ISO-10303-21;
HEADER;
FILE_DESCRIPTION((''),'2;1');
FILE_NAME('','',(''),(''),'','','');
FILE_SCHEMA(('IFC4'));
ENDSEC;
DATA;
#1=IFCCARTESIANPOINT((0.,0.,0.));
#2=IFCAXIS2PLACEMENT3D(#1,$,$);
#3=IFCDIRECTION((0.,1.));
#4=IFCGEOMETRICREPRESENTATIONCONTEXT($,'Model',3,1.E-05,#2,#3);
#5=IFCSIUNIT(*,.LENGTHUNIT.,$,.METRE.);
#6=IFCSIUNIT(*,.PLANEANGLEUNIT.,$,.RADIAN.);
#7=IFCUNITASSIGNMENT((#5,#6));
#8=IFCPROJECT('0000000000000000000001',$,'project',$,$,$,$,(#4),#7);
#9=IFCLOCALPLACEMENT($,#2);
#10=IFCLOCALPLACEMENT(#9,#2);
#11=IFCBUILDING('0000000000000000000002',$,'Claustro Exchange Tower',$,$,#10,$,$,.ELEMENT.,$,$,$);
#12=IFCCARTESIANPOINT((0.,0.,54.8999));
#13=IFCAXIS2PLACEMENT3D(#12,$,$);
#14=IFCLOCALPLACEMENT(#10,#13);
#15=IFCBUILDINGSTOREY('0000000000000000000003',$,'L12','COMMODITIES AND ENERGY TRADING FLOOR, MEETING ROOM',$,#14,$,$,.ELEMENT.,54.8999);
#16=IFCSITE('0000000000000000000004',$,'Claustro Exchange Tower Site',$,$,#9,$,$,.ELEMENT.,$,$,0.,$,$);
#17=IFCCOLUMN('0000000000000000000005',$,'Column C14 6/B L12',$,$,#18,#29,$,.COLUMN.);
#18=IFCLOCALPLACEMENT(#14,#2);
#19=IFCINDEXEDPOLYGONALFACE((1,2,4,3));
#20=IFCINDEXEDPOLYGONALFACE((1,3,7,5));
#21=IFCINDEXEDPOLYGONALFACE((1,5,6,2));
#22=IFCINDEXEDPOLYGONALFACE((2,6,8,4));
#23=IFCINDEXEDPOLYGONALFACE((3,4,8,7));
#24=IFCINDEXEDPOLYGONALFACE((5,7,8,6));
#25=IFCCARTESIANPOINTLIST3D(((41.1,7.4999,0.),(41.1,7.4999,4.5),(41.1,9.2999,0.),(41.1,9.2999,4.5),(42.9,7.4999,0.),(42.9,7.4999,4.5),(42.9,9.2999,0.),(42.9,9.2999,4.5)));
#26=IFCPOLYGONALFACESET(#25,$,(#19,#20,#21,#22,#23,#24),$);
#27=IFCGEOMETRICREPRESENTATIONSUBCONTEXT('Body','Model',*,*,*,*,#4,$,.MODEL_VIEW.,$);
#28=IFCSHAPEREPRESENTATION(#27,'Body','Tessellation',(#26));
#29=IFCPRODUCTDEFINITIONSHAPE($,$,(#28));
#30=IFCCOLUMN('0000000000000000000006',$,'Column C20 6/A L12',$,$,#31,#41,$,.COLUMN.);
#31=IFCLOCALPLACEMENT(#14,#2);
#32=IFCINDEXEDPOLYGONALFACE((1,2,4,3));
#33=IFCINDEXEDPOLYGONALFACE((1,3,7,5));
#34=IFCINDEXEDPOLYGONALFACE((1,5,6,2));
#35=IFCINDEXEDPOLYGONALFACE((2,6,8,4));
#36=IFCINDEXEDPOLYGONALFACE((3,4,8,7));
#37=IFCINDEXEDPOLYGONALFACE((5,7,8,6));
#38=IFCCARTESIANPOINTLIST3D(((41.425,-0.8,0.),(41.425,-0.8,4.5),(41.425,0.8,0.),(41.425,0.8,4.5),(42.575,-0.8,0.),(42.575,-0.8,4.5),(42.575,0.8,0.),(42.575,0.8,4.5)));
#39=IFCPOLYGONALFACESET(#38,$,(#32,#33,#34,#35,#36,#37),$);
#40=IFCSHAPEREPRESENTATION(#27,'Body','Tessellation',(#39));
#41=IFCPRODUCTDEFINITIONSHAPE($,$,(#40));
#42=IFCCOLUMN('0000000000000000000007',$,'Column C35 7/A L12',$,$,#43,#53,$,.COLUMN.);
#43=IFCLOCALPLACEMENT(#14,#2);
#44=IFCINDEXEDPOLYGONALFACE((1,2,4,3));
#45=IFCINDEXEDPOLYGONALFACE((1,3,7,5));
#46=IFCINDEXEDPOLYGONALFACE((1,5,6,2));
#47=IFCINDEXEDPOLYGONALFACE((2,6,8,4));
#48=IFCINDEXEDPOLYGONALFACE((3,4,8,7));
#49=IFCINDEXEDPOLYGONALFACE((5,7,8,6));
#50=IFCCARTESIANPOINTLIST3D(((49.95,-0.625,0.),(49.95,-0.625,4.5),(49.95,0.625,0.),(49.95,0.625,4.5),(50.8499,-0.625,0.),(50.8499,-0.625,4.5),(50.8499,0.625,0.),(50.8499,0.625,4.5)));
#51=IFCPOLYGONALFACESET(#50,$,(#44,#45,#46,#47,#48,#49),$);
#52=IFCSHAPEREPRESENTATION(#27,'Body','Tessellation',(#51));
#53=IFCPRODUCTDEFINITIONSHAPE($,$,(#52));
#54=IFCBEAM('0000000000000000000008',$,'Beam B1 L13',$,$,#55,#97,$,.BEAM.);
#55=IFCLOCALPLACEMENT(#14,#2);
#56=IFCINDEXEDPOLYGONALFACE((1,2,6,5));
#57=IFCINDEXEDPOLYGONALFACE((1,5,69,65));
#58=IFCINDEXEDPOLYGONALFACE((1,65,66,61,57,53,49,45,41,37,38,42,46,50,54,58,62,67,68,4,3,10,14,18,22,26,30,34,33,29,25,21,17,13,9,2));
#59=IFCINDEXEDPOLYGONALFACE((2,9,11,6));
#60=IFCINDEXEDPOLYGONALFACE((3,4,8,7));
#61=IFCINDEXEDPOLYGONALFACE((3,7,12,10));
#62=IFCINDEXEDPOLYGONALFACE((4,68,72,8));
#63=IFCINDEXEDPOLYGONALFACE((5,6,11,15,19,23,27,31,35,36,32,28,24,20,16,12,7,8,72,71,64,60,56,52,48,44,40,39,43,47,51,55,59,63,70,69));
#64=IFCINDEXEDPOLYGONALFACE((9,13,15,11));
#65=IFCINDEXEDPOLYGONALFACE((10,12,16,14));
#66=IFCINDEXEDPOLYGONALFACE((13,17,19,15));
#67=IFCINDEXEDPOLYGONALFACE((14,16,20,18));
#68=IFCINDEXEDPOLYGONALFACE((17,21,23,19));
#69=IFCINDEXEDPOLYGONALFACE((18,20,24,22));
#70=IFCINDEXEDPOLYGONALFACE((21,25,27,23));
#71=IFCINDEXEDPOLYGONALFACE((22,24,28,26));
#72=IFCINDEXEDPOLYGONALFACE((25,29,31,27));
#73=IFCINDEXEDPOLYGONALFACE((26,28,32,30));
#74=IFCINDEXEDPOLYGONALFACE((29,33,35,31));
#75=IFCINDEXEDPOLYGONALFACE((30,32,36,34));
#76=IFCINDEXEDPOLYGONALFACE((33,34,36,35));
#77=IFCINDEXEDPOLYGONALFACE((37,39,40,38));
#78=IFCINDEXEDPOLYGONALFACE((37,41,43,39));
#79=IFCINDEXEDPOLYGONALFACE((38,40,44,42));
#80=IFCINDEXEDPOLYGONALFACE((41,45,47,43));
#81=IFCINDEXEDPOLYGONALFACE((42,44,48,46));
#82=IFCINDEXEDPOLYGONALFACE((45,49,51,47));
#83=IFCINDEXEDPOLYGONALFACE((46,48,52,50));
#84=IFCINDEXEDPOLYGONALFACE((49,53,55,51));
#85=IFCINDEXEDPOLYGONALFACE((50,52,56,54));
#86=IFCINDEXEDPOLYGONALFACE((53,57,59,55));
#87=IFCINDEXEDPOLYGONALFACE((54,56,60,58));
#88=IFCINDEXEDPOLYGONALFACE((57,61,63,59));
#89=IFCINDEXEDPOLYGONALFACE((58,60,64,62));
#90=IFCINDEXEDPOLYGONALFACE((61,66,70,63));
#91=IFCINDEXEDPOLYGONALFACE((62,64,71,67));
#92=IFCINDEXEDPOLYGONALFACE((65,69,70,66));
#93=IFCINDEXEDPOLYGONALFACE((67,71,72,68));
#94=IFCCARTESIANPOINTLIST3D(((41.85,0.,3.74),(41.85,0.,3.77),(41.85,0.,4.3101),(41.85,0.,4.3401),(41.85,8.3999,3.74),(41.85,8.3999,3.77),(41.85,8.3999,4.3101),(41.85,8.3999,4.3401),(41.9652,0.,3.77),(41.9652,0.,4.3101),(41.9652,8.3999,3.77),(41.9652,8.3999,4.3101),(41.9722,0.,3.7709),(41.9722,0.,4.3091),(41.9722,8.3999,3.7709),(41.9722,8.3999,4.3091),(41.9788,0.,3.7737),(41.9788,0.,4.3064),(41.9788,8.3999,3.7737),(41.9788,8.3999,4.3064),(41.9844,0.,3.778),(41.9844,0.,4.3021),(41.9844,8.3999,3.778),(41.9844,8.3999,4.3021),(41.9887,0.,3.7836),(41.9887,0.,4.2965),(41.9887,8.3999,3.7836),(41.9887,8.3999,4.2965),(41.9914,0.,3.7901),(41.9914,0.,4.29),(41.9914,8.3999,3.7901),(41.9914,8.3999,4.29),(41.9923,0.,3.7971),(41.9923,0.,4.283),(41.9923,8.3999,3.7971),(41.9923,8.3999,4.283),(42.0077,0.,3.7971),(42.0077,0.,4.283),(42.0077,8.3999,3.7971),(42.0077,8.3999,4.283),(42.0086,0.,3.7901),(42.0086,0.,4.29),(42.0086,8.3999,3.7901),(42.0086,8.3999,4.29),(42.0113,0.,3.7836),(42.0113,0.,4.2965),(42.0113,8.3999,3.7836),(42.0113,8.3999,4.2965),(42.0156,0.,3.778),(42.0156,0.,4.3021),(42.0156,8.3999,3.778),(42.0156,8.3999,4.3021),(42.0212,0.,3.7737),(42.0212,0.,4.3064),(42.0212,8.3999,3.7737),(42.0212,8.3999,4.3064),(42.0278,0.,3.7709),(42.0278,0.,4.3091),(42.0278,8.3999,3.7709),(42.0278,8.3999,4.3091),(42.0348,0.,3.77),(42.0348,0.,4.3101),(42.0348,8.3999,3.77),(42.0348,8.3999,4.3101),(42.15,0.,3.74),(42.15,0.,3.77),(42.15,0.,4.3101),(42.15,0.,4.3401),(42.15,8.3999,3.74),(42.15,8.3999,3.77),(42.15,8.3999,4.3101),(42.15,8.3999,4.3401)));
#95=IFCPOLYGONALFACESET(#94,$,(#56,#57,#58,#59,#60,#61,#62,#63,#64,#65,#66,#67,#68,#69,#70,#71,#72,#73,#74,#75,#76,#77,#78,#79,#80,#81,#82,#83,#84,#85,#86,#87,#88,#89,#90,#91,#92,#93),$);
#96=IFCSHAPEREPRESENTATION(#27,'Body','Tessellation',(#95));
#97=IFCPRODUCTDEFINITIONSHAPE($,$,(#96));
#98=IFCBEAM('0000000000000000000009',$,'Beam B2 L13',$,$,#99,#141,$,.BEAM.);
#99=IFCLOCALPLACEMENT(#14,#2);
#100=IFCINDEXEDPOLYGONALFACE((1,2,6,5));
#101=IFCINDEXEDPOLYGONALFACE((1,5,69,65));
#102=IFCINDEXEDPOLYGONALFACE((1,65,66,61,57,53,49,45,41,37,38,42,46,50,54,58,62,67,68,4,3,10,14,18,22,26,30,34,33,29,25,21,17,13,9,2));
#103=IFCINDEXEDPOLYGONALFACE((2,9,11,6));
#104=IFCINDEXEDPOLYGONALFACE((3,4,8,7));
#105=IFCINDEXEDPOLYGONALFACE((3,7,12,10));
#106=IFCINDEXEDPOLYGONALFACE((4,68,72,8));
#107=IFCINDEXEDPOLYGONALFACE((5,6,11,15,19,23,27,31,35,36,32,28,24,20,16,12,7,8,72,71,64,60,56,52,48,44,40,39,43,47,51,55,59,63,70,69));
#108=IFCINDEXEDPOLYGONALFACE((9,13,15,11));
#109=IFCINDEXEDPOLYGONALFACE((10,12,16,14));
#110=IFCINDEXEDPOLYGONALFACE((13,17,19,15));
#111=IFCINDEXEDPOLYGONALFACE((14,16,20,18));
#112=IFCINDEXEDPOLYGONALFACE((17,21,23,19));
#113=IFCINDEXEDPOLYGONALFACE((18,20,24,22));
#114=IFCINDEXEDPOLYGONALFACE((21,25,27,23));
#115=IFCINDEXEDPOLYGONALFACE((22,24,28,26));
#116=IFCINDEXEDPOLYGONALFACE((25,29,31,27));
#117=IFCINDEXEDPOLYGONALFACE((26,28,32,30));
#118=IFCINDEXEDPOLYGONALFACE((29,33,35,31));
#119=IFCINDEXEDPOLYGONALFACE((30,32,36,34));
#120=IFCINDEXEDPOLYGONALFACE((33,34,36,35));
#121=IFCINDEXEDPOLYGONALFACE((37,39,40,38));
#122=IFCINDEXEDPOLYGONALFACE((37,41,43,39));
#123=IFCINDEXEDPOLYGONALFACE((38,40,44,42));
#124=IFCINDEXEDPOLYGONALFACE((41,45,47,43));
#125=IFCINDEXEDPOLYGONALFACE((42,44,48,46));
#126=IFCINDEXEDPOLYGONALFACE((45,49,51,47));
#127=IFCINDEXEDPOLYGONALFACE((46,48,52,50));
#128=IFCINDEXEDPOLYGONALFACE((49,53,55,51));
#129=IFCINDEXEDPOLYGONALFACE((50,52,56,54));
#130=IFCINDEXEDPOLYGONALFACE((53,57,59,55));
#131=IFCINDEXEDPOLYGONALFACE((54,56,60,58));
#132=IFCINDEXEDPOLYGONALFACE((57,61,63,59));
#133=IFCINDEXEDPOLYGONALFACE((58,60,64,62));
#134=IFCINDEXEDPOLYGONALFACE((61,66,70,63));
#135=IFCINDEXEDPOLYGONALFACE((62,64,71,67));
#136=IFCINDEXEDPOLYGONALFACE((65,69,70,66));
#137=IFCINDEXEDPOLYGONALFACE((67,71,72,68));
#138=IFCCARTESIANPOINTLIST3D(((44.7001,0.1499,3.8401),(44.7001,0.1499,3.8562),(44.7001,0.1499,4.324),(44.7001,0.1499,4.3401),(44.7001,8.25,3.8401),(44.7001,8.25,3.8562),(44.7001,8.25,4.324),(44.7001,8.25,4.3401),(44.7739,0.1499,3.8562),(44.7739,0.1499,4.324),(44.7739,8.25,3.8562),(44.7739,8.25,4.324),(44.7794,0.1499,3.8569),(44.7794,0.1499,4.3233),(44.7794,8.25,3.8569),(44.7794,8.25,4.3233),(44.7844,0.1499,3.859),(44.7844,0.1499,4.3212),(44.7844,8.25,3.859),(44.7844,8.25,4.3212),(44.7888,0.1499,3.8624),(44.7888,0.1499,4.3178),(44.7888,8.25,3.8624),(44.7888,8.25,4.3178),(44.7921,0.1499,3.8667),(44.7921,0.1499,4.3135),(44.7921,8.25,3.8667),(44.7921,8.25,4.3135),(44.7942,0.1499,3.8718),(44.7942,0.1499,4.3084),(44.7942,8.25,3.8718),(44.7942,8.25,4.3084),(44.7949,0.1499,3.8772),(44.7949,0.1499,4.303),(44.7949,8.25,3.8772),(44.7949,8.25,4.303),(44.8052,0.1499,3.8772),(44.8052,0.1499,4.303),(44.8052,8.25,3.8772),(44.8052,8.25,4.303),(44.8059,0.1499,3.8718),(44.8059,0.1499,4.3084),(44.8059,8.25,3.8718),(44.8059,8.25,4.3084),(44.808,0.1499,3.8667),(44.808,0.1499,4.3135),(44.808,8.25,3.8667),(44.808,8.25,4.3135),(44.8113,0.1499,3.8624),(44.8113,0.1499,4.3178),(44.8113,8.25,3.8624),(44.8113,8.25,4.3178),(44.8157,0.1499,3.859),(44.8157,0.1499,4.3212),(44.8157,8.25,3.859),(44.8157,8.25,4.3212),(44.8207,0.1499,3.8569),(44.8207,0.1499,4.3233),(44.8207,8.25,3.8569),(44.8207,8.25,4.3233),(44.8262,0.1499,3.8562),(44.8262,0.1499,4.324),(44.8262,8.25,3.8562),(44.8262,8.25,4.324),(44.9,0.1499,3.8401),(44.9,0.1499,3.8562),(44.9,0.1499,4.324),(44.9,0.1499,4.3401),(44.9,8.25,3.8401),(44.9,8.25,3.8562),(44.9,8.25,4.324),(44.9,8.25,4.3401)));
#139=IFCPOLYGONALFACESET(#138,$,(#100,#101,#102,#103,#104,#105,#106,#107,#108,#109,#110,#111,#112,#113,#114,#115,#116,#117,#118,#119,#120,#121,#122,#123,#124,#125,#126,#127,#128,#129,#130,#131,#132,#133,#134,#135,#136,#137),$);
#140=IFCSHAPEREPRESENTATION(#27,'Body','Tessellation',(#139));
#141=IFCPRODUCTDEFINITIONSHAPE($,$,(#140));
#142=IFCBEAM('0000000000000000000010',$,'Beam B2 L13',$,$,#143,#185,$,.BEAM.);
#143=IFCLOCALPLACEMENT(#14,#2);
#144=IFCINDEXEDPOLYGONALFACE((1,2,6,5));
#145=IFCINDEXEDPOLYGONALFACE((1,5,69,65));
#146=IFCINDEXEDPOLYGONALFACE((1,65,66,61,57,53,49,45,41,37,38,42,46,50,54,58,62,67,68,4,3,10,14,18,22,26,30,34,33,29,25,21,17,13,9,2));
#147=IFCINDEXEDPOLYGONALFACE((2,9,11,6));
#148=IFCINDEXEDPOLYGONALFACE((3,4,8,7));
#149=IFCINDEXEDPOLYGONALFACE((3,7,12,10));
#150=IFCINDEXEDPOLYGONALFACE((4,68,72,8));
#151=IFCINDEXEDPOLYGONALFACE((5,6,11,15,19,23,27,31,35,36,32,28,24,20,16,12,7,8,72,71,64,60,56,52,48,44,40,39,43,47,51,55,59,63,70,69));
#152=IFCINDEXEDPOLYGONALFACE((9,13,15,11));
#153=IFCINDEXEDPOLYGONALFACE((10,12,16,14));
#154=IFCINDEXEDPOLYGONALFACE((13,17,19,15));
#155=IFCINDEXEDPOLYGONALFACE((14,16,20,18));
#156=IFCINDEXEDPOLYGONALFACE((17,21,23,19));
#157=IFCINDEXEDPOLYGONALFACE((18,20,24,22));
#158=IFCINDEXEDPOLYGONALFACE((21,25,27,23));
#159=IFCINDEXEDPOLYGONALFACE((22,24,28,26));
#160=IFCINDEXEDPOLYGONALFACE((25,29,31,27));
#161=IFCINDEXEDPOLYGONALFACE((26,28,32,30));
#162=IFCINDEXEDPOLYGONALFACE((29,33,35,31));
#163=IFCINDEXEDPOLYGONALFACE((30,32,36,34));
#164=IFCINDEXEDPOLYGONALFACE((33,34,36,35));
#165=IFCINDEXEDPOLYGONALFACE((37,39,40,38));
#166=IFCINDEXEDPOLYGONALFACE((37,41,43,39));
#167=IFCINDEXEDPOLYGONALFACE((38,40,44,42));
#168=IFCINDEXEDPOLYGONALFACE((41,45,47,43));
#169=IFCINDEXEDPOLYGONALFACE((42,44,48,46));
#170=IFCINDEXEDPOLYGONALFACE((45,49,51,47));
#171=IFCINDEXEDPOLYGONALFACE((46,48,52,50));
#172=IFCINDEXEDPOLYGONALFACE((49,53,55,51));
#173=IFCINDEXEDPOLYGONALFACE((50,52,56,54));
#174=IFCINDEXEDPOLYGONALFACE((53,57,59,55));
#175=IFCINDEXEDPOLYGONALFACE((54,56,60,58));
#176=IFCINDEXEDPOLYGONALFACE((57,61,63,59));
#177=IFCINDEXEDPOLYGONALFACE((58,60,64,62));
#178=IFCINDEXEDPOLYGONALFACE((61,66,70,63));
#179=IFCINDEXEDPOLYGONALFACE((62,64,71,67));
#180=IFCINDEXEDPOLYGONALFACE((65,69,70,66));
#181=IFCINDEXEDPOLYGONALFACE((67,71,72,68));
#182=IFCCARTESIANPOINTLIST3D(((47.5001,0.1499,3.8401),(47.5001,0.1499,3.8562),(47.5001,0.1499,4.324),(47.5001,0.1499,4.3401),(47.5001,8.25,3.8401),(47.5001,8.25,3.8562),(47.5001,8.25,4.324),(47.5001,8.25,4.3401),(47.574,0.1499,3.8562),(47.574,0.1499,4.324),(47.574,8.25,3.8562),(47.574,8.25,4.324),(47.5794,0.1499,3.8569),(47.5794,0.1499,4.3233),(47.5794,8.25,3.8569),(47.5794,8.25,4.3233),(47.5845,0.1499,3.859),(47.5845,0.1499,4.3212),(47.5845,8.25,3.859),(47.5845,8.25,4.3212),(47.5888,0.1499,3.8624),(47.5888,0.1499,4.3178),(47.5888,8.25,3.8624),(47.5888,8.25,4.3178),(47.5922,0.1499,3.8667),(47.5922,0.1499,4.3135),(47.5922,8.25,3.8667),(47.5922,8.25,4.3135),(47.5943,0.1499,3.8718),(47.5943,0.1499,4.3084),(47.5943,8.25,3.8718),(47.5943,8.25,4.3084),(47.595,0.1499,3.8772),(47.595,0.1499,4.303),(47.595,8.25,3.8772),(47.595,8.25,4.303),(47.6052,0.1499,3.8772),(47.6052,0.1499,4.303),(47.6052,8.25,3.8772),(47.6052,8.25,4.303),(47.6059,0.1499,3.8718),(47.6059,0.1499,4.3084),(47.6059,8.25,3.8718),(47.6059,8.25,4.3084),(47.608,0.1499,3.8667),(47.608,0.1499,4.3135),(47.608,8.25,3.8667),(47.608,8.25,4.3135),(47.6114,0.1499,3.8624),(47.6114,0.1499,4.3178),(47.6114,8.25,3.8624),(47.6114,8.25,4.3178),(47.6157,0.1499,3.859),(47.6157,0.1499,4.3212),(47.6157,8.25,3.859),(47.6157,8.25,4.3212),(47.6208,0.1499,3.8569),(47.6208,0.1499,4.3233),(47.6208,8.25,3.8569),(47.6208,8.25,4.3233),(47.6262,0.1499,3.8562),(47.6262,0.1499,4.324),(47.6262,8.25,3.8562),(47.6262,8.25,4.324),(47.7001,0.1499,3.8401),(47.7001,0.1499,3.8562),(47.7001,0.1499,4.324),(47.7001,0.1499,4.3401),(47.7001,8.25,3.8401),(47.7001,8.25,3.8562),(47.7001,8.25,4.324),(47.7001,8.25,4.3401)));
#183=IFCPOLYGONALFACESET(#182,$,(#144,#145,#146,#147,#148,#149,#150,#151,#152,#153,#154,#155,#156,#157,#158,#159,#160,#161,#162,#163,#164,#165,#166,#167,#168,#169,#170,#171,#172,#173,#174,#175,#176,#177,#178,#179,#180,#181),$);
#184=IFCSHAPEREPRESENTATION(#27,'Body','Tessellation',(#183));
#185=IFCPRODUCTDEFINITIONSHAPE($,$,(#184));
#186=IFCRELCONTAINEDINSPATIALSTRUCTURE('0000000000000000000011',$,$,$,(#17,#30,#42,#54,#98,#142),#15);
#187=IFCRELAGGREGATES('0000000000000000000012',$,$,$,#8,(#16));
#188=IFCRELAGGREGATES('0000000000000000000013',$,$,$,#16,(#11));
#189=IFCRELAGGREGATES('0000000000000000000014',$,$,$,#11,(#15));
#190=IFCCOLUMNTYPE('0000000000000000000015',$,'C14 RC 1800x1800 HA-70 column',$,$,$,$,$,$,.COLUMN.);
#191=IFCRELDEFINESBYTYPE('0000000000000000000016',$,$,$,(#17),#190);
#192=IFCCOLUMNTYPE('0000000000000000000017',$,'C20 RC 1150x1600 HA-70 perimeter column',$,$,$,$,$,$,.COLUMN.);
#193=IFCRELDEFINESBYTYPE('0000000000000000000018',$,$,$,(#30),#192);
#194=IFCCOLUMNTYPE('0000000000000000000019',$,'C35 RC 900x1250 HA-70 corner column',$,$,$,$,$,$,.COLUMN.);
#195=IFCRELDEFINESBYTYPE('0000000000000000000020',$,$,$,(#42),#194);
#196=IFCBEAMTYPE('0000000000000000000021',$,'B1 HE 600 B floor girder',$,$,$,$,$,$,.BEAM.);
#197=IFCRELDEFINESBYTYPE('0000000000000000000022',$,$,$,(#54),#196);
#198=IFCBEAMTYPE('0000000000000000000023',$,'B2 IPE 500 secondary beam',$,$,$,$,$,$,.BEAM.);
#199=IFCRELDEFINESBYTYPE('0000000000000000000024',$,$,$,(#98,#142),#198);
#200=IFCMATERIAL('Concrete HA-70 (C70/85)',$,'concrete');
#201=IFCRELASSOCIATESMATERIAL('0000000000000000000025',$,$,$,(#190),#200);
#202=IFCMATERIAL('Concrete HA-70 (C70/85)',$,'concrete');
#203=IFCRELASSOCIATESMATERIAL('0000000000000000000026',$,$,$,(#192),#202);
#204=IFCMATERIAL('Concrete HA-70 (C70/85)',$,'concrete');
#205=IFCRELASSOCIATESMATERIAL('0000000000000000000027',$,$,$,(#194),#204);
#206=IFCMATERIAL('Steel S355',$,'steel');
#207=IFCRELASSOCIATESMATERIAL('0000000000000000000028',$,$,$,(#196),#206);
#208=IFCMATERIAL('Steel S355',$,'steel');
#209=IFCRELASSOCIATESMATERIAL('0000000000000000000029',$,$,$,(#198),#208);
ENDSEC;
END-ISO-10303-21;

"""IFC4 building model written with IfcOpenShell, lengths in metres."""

from ifc_helpers import new_model, si_unit, direction, frame, origin, origin_2d, place, context, subcontext, project, spatial, rectangle, i_section, extrude, material, material_profile, profile_set, type_object, element, save


model = new_model("IFC4")

# Units and contexts
model_context = context("Model", 3, precision=1e-05, world=origin(), true_north=direction((0.0, 1.0)))
body_context = subcontext(model_context, "Body", "Model", "MODEL_VIEW")
ifc_project = project(units=[si_unit("LENGTHUNIT", "METRE"), si_unit("PLANEANGLEUNIT", "RADIAN")], contexts=[model_context])

# Site, building, storey
site_placement = place(None, origin())
site = spatial("IfcSite", under=ifc_project, at=site_placement, Name="Claustro Exchange Tower Site", CompositionType="ELEMENT", RefElevation=0.0)
building_placement = place(site_placement, origin())
building = spatial("IfcBuilding", under=site, at=building_placement, Name="Claustro Exchange Tower", CompositionType="ELEMENT")
storey_placement = place(building_placement, frame((0.0, 0.0, 54.8999)))
storey = spatial("IfcBuildingStorey", under=building, at=storey_placement, Name="L12", Description="COMMODITIES AND ENERGY TRADING FLOOR, MEETING ROOM", CompositionType="ELEMENT", Elevation=54.8999)

# Columns
ifc_material_1 = material(Name="Concrete HA-70 (C70/85)", Category="concrete")
ifc_material_profile_1 = material_profile(ifc_material_1, rectangle(XDim=1.8, YDim=1.8, at=origin_2d()), Name="RC 1800x1800")
ifc_profile_set_1 = profile_set([ifc_material_profile_1], Name="Concrete HA-70 (C70/85)")
column_type_1 = type_object("IfcColumnType", Name="C14 RC 1800x1800 HA-70 column", PredefinedType="COLUMN", material=ifc_profile_set_1)
column_1_placement = place(storey_placement, frame((42.0, 8.3999, 0.0), z_axis=(0.0, 0.0, 1.0), x_axis=(1.0, 0.0, 0.0)))
element("IfcColumn", 1, at=column_1_placement, inside=storey, type_object=column_type_1, Name="Column C14 6/B L12", PredefinedType="COLUMN", context=body_context, shape_type="SweptSolid", body=[
    extrude(rectangle(XDim=1.8, YDim=1.8, at=origin_2d()), origin(), (0.0, 0.0, 1.0), 4.5),
])
ifc_material_2 = material(Name="Concrete HA-70 (C70/85)", Category="concrete")
ifc_material_profile_2 = material_profile(ifc_material_2, rectangle(XDim=1.1499, YDim=1.6001, at=origin_2d()), Name="RC 1150x1600")
ifc_profile_set_2 = profile_set([ifc_material_profile_2], Name="Concrete HA-70 (C70/85)")
column_type_2 = type_object("IfcColumnType", Name="C20 RC 1150x1600 HA-70 perimeter column", PredefinedType="COLUMN", material=ifc_profile_set_2)
column_2_placement = place(storey_placement, frame((42.0, 0.0, 0.0), z_axis=(0.0, 0.0, 1.0), x_axis=(1.0, 0.0, 0.0)))
element("IfcColumn", 2, at=column_2_placement, inside=storey, type_object=column_type_2, Name="Column C20 6/A L12", PredefinedType="COLUMN", context=body_context, shape_type="SweptSolid", body=[
    extrude(rectangle(XDim=1.1499, YDim=1.6001, at=origin_2d()), origin(), (0.0, 0.0, 1.0), 4.5),
])
ifc_material_3 = material(Name="Concrete HA-70 (C70/85)", Category="concrete")
ifc_material_profile_3 = material_profile(ifc_material_3, rectangle(XDim=0.8999, YDim=1.25, at=origin_2d()), Name="RC 900x1250")
ifc_profile_set_3 = profile_set([ifc_material_profile_3], Name="Concrete HA-70 (C70/85)")
column_type_3 = type_object("IfcColumnType", Name="C35 RC 900x1250 HA-70 corner column", PredefinedType="COLUMN", material=ifc_profile_set_3)
column_3_placement = place(storey_placement, frame((50.3999, 0.0, 0.0), z_axis=(0.0, 0.0, 1.0), x_axis=(1.0, 0.0, 0.0)))
element("IfcColumn", 3, at=column_3_placement, inside=storey, type_object=column_type_3, Name="Column C35 7/A L12", PredefinedType="COLUMN", context=body_context, shape_type="SweptSolid", body=[
    extrude(rectangle(XDim=0.8999, YDim=1.25, at=origin_2d()), origin(), (0.0, 0.0, 1.0), 4.5),
])

# Beams
ifc_material_4 = material(Name="Steel S355", Category="steel")
ifc_material_profile_4 = material_profile(ifc_material_4, i_section(OverallWidth=0.3, OverallDepth=0.6001, WebThickness=0.0154, FlangeThickness=0.03, FilletRadius=0.0271, at=origin_2d()), Name="HE 600 B")
ifc_profile_set_4 = profile_set([ifc_material_profile_4], Name="Steel S355")
beam_type_1 = type_object("IfcBeamType", Name="B1 HE 600 B floor girder", PredefinedType="BEAM", material=ifc_profile_set_4)
beam_1_placement = place(storey_placement, frame((42.0, 0.0, 4.04), z_axis=(0.0, 1.0, 0.0), x_axis=(-1.0, 0.0, 0.0)))
element("IfcBeam", 4, at=beam_1_placement, inside=storey, type_object=beam_type_1, Name="Beam B1 L13", PredefinedType="BEAM", context=body_context, shape_type="SweptSolid", body=[
    extrude(i_section(OverallWidth=0.3, OverallDepth=0.6001, WebThickness=0.0154, FlangeThickness=0.03, FilletRadius=0.0271, at=origin_2d()), origin(), (0.0, 0.0, 1.0), 8.3999),
])
ifc_material_5 = material(Name="Steel S355", Category="steel")
ifc_material_profile_5 = material_profile(ifc_material_5, i_section(OverallWidth=0.2, OverallDepth=0.5, WebThickness=0.0103, FlangeThickness=0.0161, FilletRadius=0.021, at=origin_2d()), Name="IPE 500")
ifc_profile_set_5 = profile_set([ifc_material_profile_5], Name="Steel S355")
beam_type_2 = type_object("IfcBeamType", Name="B2 IPE 500 secondary beam", PredefinedType="BEAM", material=ifc_profile_set_5)
for number, where, z_axis, x_axis, name in (
    (5, (44.8, 0.1499, 4.0901), (0.0, 1.0, 0.0), (-1.0, 0.0, 0.0), "Beam B2 L13"),
    (6, (47.6001, 0.1499, 4.0901), (0.0, 1.0, 0.0), (-1.0, 0.0, 0.0), "Beam B2 L13"),
):
    element("IfcBeam", number, at=place(storey_placement, frame(where, z_axis=z_axis, x_axis=x_axis)), inside=storey, type_object=beam_type_2, Name=name, PredefinedType="BEAM", context=body_context, shape_type="SweptSolid", body=[
        extrude(i_section(OverallWidth=0.2, OverallDepth=0.5, WebThickness=0.0103, FlangeThickness=0.0161, FilletRadius=0.021, at=origin_2d()), origin(), (0.0, 0.0, 1.0), 8.1001),
    ])

save(model, "model.ifc")
